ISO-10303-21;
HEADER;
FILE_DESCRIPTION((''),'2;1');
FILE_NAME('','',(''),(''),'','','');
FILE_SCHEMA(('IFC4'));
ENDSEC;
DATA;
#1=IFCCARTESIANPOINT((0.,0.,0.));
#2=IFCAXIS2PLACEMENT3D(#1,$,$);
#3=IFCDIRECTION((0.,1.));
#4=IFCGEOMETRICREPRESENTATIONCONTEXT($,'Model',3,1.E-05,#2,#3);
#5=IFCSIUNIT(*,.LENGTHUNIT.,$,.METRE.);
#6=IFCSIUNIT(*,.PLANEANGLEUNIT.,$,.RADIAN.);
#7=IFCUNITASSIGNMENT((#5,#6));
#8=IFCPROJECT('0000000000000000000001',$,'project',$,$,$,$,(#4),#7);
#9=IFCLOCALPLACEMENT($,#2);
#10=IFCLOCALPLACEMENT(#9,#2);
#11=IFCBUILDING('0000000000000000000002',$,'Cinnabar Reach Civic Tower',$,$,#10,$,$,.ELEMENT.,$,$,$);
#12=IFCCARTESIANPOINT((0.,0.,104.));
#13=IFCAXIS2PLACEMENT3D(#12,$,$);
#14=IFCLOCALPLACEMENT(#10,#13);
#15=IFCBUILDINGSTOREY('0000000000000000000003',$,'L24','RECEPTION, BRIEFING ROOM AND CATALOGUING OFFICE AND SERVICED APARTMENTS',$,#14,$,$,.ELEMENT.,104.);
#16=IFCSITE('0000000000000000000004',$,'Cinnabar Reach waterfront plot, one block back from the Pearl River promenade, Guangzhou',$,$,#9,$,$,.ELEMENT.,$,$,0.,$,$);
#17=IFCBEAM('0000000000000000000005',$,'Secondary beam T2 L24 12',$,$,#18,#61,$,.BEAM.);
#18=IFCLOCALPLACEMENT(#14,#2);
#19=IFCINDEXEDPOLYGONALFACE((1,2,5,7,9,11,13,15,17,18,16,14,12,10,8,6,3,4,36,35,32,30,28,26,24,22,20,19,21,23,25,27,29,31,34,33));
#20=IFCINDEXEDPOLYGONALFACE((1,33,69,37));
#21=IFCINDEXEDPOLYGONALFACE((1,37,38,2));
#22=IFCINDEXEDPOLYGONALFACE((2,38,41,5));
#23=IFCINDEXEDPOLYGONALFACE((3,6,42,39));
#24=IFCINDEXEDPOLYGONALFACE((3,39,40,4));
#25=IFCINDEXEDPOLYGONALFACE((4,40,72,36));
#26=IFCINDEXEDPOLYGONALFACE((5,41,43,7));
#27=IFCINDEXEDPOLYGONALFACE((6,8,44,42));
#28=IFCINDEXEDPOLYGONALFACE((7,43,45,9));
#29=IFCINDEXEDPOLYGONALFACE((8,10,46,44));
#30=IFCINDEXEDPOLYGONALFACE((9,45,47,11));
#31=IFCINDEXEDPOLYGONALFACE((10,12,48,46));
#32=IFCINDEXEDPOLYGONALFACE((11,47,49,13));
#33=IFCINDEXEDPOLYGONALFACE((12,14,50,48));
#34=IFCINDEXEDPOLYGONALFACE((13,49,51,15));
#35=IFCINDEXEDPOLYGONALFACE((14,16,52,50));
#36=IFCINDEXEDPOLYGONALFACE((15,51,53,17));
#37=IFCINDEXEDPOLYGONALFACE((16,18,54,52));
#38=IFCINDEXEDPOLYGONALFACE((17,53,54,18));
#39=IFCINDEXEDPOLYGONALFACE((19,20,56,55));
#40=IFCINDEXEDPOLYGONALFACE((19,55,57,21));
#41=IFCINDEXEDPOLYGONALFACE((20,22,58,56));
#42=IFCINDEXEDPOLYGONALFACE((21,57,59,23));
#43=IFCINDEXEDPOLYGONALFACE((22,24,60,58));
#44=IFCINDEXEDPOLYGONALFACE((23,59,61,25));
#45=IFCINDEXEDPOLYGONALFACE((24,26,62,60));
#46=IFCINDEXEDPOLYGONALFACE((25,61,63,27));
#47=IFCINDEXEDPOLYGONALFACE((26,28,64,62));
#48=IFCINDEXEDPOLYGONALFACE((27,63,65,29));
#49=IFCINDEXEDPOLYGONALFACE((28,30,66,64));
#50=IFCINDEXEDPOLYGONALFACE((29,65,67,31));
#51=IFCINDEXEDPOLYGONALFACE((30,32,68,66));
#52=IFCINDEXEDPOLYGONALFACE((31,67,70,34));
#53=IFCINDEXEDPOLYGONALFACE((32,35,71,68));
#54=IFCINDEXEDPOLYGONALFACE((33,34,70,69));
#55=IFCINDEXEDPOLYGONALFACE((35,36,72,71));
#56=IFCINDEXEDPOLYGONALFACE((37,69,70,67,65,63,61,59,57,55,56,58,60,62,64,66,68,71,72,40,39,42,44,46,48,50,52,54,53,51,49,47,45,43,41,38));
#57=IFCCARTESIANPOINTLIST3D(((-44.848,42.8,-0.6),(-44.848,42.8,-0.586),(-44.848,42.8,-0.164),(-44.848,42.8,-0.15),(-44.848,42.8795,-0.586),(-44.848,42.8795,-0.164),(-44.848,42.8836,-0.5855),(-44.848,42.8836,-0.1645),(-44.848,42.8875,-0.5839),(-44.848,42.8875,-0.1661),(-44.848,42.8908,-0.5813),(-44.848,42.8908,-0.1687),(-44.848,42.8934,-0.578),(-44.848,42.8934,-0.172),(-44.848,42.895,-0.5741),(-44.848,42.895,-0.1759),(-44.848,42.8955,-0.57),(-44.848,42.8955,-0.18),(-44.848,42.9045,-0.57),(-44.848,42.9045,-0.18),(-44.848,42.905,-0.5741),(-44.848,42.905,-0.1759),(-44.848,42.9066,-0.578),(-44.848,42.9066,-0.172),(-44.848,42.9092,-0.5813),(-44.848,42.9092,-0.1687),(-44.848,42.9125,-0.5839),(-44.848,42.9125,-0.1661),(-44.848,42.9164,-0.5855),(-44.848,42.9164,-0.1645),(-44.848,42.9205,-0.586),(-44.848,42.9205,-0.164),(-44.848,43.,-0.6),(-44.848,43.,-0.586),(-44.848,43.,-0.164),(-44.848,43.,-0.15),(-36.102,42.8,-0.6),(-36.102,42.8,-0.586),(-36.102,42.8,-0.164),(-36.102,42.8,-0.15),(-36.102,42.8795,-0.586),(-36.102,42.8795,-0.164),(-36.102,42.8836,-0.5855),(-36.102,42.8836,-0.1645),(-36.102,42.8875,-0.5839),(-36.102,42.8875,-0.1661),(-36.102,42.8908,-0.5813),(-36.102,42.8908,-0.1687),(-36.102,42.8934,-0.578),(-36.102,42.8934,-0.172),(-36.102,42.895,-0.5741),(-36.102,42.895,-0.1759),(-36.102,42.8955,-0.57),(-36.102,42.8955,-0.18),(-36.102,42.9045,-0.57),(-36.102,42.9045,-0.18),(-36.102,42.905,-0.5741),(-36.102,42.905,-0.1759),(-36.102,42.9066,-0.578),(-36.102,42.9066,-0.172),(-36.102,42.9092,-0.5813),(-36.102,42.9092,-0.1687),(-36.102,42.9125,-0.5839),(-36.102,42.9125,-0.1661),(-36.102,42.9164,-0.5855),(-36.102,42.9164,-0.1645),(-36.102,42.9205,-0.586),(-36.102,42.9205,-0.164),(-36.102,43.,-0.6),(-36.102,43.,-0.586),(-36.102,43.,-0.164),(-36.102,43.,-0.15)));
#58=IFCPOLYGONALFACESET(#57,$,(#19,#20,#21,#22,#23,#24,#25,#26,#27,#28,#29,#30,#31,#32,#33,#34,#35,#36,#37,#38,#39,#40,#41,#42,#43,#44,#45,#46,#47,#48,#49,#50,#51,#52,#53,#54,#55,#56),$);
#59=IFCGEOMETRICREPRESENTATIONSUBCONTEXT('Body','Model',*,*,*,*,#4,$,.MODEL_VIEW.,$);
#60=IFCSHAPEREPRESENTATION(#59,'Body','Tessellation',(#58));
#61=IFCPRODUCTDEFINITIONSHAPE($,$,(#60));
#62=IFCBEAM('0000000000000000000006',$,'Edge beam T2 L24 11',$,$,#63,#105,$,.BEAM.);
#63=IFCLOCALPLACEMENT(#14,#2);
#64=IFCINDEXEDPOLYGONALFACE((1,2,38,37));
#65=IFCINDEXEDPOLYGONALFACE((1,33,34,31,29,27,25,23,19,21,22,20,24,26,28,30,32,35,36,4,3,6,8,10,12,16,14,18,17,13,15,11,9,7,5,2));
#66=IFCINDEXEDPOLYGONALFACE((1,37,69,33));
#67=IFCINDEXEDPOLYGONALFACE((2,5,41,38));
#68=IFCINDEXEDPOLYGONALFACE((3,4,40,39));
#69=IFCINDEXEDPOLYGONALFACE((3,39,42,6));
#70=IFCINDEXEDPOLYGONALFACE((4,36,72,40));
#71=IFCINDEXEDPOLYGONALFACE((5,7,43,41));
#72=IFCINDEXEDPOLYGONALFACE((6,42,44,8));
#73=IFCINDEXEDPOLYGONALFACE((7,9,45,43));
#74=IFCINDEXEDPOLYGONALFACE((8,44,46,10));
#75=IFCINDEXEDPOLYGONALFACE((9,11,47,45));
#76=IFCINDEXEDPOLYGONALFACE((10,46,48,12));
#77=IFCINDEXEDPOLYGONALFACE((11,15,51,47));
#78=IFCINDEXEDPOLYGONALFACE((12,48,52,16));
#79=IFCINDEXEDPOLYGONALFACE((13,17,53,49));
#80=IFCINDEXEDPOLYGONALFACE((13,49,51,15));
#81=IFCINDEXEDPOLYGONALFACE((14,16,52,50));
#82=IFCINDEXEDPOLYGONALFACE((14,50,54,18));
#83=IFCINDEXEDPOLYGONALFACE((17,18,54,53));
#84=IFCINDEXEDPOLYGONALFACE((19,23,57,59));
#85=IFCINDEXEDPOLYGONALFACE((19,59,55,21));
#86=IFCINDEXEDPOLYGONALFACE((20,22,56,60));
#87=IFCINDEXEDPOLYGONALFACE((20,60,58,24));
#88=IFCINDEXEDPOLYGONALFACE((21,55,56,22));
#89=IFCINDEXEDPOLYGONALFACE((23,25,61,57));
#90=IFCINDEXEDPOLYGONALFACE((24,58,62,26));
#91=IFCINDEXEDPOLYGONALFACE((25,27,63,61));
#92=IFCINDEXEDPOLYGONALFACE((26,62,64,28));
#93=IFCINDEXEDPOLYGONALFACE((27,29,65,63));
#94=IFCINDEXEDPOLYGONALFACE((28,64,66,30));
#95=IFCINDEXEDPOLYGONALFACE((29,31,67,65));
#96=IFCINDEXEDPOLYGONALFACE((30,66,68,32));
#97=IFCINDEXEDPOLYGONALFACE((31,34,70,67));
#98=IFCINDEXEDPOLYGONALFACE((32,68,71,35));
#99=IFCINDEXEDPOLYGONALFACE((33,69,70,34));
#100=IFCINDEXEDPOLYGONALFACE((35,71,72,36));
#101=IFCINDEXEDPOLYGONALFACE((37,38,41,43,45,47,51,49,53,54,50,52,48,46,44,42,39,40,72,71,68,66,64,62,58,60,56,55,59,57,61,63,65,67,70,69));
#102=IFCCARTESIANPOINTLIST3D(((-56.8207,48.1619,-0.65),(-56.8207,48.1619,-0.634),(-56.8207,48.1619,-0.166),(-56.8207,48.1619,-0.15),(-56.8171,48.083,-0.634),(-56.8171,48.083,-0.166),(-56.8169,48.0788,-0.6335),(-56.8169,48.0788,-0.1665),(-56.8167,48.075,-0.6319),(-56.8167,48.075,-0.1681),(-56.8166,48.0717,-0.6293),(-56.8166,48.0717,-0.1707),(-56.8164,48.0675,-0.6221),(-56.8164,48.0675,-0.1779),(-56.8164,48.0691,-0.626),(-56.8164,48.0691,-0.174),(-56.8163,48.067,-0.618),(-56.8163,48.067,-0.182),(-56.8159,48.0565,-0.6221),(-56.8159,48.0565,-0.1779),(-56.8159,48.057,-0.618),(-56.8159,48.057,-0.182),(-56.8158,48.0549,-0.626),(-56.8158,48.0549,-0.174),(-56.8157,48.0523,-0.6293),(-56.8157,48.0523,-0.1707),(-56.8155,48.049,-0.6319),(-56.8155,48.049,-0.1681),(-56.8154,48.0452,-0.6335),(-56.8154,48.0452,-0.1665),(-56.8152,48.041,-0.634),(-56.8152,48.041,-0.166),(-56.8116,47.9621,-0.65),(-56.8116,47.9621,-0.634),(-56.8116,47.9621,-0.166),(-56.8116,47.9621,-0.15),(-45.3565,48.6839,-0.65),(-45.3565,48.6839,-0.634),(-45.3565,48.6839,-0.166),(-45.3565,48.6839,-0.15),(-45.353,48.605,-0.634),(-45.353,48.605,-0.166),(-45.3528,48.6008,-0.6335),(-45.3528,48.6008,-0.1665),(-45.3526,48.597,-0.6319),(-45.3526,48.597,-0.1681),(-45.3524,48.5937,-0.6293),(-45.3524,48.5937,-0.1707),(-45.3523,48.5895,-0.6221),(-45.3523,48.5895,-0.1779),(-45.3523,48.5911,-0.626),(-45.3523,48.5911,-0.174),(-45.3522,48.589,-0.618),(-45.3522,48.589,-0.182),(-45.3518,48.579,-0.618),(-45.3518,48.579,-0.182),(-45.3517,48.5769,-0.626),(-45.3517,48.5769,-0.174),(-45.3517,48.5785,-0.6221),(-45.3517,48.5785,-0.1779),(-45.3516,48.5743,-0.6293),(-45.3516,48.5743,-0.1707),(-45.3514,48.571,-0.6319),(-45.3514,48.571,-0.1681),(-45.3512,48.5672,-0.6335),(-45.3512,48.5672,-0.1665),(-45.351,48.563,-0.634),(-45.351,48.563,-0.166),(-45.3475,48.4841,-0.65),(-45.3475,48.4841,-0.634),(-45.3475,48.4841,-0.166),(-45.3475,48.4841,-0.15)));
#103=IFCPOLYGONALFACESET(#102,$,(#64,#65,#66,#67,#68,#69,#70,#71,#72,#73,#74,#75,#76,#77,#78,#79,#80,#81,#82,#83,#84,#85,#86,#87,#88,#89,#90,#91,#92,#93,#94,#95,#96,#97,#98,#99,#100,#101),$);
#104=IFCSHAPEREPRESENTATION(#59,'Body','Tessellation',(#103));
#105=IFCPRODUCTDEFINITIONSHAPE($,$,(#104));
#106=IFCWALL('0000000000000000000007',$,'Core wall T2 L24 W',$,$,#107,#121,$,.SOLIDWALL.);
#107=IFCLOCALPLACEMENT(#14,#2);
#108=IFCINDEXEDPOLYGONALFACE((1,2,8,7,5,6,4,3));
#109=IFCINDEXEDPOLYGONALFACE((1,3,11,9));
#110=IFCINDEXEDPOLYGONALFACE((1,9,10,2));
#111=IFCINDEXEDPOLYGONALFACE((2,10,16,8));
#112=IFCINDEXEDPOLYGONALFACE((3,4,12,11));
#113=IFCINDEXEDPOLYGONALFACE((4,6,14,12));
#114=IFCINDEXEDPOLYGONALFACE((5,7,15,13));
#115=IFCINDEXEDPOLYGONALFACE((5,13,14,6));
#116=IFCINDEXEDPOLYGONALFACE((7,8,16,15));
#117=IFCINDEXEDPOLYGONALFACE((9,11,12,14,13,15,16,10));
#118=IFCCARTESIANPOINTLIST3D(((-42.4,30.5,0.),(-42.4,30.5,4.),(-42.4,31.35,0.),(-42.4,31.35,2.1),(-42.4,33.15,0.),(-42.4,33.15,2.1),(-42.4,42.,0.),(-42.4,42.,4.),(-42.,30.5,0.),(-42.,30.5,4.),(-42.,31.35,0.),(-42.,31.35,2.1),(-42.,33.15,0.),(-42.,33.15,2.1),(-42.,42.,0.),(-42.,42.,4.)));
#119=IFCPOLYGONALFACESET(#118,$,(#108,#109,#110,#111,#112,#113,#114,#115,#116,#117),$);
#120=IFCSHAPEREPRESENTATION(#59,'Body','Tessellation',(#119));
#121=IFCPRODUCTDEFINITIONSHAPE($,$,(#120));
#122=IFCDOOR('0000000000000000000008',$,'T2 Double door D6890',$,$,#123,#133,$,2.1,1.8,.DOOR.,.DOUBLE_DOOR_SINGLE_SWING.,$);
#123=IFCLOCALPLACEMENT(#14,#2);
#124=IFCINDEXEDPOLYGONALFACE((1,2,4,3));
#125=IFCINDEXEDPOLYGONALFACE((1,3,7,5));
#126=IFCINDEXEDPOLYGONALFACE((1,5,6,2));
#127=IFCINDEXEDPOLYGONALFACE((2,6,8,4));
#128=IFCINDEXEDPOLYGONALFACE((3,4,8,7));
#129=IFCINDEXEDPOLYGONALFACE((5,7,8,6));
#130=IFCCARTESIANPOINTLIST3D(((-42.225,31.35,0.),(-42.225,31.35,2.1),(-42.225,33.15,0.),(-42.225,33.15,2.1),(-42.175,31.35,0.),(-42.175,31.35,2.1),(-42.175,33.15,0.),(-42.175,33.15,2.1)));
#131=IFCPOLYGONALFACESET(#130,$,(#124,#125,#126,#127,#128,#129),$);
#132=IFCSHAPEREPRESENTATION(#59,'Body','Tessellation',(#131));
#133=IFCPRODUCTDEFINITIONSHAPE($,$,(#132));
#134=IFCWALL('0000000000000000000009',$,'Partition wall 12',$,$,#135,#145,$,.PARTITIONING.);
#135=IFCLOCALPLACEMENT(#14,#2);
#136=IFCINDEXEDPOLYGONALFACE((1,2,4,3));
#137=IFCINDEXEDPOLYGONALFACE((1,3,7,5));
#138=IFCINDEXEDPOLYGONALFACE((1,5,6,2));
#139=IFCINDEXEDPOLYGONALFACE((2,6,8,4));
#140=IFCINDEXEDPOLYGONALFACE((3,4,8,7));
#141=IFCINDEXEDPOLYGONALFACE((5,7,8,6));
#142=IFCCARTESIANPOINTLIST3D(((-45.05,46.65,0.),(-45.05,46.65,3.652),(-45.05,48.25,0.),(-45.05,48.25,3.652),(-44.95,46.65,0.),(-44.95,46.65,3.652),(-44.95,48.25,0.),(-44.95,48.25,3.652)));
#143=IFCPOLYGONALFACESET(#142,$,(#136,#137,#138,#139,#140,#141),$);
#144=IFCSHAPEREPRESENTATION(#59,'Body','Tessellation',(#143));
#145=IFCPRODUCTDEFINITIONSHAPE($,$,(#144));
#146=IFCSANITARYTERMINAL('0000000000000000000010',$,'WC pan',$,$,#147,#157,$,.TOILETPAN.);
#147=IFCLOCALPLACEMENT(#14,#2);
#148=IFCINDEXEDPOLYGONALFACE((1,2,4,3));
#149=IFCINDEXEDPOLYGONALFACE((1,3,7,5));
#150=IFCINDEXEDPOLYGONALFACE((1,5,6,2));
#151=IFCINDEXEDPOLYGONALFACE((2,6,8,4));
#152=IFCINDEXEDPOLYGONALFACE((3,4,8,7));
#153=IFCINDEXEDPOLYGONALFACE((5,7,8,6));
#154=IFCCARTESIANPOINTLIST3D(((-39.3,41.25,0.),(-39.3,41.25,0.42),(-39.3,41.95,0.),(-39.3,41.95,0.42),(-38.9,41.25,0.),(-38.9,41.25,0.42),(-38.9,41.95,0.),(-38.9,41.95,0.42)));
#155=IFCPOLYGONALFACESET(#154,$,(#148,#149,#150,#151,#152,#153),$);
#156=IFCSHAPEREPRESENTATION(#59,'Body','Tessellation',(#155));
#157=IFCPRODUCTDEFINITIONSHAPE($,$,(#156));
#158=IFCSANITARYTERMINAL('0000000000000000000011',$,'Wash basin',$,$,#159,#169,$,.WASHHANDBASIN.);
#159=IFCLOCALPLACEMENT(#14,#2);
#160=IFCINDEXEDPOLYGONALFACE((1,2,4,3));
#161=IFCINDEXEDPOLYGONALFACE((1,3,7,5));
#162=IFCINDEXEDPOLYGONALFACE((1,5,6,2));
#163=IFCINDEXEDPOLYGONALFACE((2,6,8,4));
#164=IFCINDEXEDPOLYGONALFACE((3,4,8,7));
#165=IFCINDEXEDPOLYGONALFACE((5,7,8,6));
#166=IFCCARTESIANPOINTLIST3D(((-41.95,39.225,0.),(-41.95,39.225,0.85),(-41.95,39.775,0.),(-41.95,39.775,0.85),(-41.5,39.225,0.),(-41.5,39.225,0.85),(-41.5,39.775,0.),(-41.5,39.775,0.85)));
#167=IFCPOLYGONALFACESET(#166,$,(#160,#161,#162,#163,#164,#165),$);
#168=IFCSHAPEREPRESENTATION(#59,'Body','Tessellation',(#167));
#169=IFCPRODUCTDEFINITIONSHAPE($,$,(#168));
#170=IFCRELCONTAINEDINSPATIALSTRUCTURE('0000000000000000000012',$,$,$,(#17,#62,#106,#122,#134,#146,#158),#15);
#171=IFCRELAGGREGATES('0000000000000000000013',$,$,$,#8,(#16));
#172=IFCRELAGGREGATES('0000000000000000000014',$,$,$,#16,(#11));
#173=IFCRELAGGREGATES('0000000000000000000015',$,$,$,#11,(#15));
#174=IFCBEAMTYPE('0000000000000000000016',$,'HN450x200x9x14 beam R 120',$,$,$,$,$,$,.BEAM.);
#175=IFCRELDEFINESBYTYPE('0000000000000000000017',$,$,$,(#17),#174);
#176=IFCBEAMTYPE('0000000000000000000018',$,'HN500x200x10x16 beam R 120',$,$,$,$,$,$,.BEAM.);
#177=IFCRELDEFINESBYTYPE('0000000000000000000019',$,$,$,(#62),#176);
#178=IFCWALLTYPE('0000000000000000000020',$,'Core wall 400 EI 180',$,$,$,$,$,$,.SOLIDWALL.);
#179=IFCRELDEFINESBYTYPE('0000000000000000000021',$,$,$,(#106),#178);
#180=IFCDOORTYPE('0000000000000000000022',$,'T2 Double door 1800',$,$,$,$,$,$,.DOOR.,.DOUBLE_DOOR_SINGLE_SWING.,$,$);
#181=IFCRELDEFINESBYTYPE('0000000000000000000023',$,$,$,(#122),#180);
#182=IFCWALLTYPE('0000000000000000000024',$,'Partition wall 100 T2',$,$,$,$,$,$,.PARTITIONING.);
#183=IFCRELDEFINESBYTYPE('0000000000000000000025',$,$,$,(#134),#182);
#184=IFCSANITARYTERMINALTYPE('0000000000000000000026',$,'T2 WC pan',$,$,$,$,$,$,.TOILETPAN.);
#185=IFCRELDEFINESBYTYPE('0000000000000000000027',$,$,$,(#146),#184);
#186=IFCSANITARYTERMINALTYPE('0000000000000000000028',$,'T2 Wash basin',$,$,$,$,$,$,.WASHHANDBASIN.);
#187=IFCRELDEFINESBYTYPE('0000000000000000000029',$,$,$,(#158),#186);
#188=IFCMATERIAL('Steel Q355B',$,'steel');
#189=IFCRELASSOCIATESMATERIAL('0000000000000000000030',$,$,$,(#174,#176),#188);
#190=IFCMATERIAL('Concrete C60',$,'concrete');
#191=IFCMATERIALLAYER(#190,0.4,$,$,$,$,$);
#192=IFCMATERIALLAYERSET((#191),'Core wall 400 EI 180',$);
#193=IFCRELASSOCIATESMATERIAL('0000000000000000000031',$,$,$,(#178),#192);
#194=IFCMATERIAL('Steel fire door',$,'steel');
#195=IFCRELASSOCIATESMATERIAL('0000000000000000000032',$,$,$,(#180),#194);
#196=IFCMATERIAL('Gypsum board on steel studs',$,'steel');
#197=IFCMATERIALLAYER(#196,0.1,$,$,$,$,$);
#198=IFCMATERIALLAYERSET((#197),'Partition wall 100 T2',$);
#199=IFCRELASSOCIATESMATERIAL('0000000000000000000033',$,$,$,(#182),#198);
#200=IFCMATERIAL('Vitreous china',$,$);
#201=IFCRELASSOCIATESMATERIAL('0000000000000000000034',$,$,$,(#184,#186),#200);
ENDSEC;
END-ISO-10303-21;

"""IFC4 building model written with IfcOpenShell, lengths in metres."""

from ifc_helpers import new_model, si_unit, direction, frame, frame_2d, origin, origin_2d, place, context, subcontext, project, spatial, rectangle, i_section, extrude, material, layer, layer_set, material_profile, profile_set, type_object, element, fill, save


model = new_model("IFC4")

# Units and contexts
model_context = context("Model", 3, precision=1e-05, world=origin(), true_north=direction((0.0, 1.0)))
body_context = subcontext(model_context, "Body", "Model", "MODEL_VIEW")
ifc_project = project(units=[si_unit("LENGTHUNIT", "METRE"), si_unit("PLANEANGLEUNIT", "RADIAN")], contexts=[model_context])

# Site, building, storey
site_placement = place(None, origin())
site = spatial("IfcSite", under=ifc_project, at=site_placement, Name="Cinnabar Reach waterfront plot, one block back from the Pearl River promenade, Guangzhou", CompositionType="ELEMENT", RefElevation=0.0)
building_placement = place(site_placement, origin())
building = spatial("IfcBuilding", under=site, at=building_placement, Name="Cinnabar Reach Civic Tower", CompositionType="ELEMENT")
storey_placement = place(building_placement, frame((0.0, 0.0, 104.0)))
storey = spatial("IfcBuildingStorey", under=building, at=storey_placement, Name="L24", Description="RECEPTION, BRIEFING ROOM AND CATALOGUING OFFICE AND SERVICED APARTMENTS", CompositionType="ELEMENT", Elevation=104.0)

# Shared definitions
ifc_material_1 = material(Name="Concrete C60", Category="concrete")

# Beams
ifc_material_2 = material(Name="Steel Q355B", Category="steel")
ifc_material_profile_1 = material_profile(ifc_material_2, i_section(OverallWidth=0.2, OverallDepth=0.45, WebThickness=0.009, FlangeThickness=0.014, FilletRadius=0.016, at=origin_2d()), Name="HN450x200x9x14")
ifc_profile_set_1 = profile_set([ifc_material_profile_1], Name="Steel Q355B")
beam_type_1 = type_object("IfcBeamType", Name="HN450x200x9x14 beam R 120", PredefinedType="BEAM", material=ifc_profile_set_1)
beam_1_placement = place(storey_placement, frame((-44.848, 42.9, -0.375), z_axis=(1.0, 0.0, 0.0), x_axis=(0.0, 1.0, 0.0)))
element("IfcBeam", 1, at=beam_1_placement, inside=storey, type_object=beam_type_1, Name="Secondary beam T2 L24 12", PredefinedType="BEAM", context=body_context, shape_type="SweptSolid", body=[
    extrude(i_section(OverallWidth=0.2, OverallDepth=0.45, WebThickness=0.009, FlangeThickness=0.014, FilletRadius=0.016, at=origin_2d()), origin(), (0.0, 0.0, 1.0), 8.746),
])
ifc_material_profile_2 = material_profile(ifc_material_2, i_section(OverallWidth=0.2, OverallDepth=0.5, WebThickness=0.01, FlangeThickness=0.016, FilletRadius=0.016, at=origin_2d()), Name="HN500x200x10x16")
ifc_profile_set_2 = profile_set([ifc_material_profile_2], Name="Steel Q355B")
beam_type_2 = type_object("IfcBeamType", Name="HN500x200x10x16 beam R 120", PredefinedType="BEAM", material=ifc_profile_set_2)
beam_2_placement = place(storey_placement, frame((-45.352, 48.584, -0.4), z_axis=(-0.998965, -0.045486, 0.0), x_axis=(0.045486, -0.998965, 0.0)))
element("IfcBeam", 2, at=beam_2_placement, inside=storey, type_object=beam_type_2, Name="Edge beam T2 L24 11", PredefinedType="BEAM", context=body_context, shape_type="SweptSolid", body=[
    extrude(i_section(OverallWidth=0.2, OverallDepth=0.5, WebThickness=0.01, FlangeThickness=0.016, FilletRadius=0.016, at=origin_2d()), origin(), (0.0, 0.0, 1.0), 11.476),
])

# Wall, opening, door
ifc_layer_1 = layer(ifc_material_1, 0.4)
ifc_layer_set_1 = layer_set([ifc_layer_1], Name="Core wall 400 EI 180")
wall_type_1 = type_object("IfcWallType", Name="Core wall 400 EI 180", PredefinedType="SOLIDWALL", material=ifc_layer_set_1)
wall_1_placement = place(storey_placement, frame((-42.2, 42.0, 0.0), z_axis=(0.0, 0.0, 1.0), x_axis=(0.0, -1.0, 0.0)))
wall_1 = element("IfcWall", 3, at=wall_1_placement, inside=storey, type_object=wall_type_1, Name="Core wall T2 L24 W", PredefinedType="SOLIDWALL", context=body_context, shape_type="SweptSolid", body=[
    extrude(rectangle(XDim=11.5, YDim=0.4, at=frame_2d((5.75, 0.0))), origin(), (0.0, 0.0, 1.0), 4.0),
])
opening_placement = place(wall_1_placement, frame((8.85, 0.0, 0.0)))
opening = element("IfcOpeningElement", 4, at=opening_placement, cuts=wall_1, PredefinedType="OPENING", context=body_context, shape_type="SweptSolid", body=[
    extrude(rectangle(XDim=1.8, YDim=2.1, at=frame_2d((0.9, 1.05))), frame((0.0, 0.21, 0.0), z_axis=(0.0, -1.0, 0.0), x_axis=(1.0, 0.0, 0.0)), (0.0, 0.0, 1.0), 0.42),
])
ifc_material_3 = material(Name="Steel fire door", Category="steel")
door_type = type_object("IfcDoorType", Name="T2 Double door 1800", OperationType="DOUBLE_DOOR_SINGLE_SWING", PredefinedType="DOOR", material=ifc_material_3)
door_placement = place(opening_placement, frame((1.8, 0.0, 0.0), z_axis=(0.0, 0.0, 1.0), x_axis=(-1.0, 0.0, 0.0)))
door = element("IfcDoor", 5, at=door_placement, inside=storey, type_object=door_type, Name="T2 Double door D6890", OperationType="DOUBLE_DOOR_SINGLE_SWING", OverallHeight=2.1, OverallWidth=1.8, PredefinedType="DOOR", context=body_context, shape_type="SweptSolid", body=[
    extrude(rectangle(XDim=1.8, YDim=2.1, at=frame_2d((0.9, 1.05))), frame((0.0, 0.025, 0.0), z_axis=(0.0, -1.0, 0.0), x_axis=(1.0, 0.0, 0.0)), (0.0, 0.0, 1.0), 0.05),
])
fill(opening, door)

# Wall
ifc_material_4 = material(Name="Gypsum board on steel studs", Category="steel")
ifc_layer_2 = layer(ifc_material_4, 0.1)
ifc_layer_set_2 = layer_set([ifc_layer_2], Name="Partition wall 100 T2")
wall_type_2 = type_object("IfcWallType", Name="Partition wall 100 T2", PredefinedType="PARTITIONING", material=ifc_layer_set_2)
wall_2_placement = place(storey_placement, frame((-45.0, 46.65, 0.0), z_axis=(0.0, 0.0, 1.0), x_axis=(0.0, 1.0, 0.0)))
element("IfcWall", 6, at=wall_2_placement, inside=storey, type_object=wall_type_2, Name="Partition wall 12", PredefinedType="PARTITIONING", context=body_context, shape_type="SweptSolid", body=[
    extrude(rectangle(XDim=1.6, YDim=0.1, at=frame_2d((0.8, 0.0))), origin(), (0.0, 0.0, 1.0), 3.652),
])

# Sanitary terminals
ifc_material_5 = material(Name="Vitreous china")
sanitary_terminal_type_1 = type_object("IfcSanitaryTerminalType", Name="T2 WC pan", PredefinedType="TOILETPAN", material=ifc_material_5)
sanitary_terminal_1_placement = place(storey_placement, frame((-39.1, 41.6, 0.0), z_axis=(0.0, 0.0, 1.0), x_axis=(1.0, 0.0, 0.0)))
element("IfcSanitaryTerminal", 7, at=sanitary_terminal_1_placement, inside=storey, type_object=sanitary_terminal_type_1, Name="WC pan", PredefinedType="TOILETPAN", context=body_context, shape_type="SweptSolid", body=[
    extrude(rectangle(XDim=0.4, YDim=0.7, at=origin_2d()), origin(), (0.0, 0.0, 1.0), 0.42),
])
sanitary_terminal_type_2 = type_object("IfcSanitaryTerminalType", Name="T2 Wash basin", PredefinedType="WASHHANDBASIN", material=ifc_material_5)
sanitary_terminal_2_placement = place(storey_placement, frame((-41.725, 39.5, 0.0), z_axis=(0.0, 0.0, 1.0), x_axis=(1.0, 0.0, 0.0)))
element("IfcSanitaryTerminal", 8, at=sanitary_terminal_2_placement, inside=storey, type_object=sanitary_terminal_type_2, Name="Wash basin", PredefinedType="WASHHANDBASIN", context=body_context, shape_type="SweptSolid", body=[
    extrude(rectangle(XDim=0.45, YDim=0.55, at=origin_2d()), origin(), (0.0, 0.0, 1.0), 0.85),
])

save(model, "model.ifc")
